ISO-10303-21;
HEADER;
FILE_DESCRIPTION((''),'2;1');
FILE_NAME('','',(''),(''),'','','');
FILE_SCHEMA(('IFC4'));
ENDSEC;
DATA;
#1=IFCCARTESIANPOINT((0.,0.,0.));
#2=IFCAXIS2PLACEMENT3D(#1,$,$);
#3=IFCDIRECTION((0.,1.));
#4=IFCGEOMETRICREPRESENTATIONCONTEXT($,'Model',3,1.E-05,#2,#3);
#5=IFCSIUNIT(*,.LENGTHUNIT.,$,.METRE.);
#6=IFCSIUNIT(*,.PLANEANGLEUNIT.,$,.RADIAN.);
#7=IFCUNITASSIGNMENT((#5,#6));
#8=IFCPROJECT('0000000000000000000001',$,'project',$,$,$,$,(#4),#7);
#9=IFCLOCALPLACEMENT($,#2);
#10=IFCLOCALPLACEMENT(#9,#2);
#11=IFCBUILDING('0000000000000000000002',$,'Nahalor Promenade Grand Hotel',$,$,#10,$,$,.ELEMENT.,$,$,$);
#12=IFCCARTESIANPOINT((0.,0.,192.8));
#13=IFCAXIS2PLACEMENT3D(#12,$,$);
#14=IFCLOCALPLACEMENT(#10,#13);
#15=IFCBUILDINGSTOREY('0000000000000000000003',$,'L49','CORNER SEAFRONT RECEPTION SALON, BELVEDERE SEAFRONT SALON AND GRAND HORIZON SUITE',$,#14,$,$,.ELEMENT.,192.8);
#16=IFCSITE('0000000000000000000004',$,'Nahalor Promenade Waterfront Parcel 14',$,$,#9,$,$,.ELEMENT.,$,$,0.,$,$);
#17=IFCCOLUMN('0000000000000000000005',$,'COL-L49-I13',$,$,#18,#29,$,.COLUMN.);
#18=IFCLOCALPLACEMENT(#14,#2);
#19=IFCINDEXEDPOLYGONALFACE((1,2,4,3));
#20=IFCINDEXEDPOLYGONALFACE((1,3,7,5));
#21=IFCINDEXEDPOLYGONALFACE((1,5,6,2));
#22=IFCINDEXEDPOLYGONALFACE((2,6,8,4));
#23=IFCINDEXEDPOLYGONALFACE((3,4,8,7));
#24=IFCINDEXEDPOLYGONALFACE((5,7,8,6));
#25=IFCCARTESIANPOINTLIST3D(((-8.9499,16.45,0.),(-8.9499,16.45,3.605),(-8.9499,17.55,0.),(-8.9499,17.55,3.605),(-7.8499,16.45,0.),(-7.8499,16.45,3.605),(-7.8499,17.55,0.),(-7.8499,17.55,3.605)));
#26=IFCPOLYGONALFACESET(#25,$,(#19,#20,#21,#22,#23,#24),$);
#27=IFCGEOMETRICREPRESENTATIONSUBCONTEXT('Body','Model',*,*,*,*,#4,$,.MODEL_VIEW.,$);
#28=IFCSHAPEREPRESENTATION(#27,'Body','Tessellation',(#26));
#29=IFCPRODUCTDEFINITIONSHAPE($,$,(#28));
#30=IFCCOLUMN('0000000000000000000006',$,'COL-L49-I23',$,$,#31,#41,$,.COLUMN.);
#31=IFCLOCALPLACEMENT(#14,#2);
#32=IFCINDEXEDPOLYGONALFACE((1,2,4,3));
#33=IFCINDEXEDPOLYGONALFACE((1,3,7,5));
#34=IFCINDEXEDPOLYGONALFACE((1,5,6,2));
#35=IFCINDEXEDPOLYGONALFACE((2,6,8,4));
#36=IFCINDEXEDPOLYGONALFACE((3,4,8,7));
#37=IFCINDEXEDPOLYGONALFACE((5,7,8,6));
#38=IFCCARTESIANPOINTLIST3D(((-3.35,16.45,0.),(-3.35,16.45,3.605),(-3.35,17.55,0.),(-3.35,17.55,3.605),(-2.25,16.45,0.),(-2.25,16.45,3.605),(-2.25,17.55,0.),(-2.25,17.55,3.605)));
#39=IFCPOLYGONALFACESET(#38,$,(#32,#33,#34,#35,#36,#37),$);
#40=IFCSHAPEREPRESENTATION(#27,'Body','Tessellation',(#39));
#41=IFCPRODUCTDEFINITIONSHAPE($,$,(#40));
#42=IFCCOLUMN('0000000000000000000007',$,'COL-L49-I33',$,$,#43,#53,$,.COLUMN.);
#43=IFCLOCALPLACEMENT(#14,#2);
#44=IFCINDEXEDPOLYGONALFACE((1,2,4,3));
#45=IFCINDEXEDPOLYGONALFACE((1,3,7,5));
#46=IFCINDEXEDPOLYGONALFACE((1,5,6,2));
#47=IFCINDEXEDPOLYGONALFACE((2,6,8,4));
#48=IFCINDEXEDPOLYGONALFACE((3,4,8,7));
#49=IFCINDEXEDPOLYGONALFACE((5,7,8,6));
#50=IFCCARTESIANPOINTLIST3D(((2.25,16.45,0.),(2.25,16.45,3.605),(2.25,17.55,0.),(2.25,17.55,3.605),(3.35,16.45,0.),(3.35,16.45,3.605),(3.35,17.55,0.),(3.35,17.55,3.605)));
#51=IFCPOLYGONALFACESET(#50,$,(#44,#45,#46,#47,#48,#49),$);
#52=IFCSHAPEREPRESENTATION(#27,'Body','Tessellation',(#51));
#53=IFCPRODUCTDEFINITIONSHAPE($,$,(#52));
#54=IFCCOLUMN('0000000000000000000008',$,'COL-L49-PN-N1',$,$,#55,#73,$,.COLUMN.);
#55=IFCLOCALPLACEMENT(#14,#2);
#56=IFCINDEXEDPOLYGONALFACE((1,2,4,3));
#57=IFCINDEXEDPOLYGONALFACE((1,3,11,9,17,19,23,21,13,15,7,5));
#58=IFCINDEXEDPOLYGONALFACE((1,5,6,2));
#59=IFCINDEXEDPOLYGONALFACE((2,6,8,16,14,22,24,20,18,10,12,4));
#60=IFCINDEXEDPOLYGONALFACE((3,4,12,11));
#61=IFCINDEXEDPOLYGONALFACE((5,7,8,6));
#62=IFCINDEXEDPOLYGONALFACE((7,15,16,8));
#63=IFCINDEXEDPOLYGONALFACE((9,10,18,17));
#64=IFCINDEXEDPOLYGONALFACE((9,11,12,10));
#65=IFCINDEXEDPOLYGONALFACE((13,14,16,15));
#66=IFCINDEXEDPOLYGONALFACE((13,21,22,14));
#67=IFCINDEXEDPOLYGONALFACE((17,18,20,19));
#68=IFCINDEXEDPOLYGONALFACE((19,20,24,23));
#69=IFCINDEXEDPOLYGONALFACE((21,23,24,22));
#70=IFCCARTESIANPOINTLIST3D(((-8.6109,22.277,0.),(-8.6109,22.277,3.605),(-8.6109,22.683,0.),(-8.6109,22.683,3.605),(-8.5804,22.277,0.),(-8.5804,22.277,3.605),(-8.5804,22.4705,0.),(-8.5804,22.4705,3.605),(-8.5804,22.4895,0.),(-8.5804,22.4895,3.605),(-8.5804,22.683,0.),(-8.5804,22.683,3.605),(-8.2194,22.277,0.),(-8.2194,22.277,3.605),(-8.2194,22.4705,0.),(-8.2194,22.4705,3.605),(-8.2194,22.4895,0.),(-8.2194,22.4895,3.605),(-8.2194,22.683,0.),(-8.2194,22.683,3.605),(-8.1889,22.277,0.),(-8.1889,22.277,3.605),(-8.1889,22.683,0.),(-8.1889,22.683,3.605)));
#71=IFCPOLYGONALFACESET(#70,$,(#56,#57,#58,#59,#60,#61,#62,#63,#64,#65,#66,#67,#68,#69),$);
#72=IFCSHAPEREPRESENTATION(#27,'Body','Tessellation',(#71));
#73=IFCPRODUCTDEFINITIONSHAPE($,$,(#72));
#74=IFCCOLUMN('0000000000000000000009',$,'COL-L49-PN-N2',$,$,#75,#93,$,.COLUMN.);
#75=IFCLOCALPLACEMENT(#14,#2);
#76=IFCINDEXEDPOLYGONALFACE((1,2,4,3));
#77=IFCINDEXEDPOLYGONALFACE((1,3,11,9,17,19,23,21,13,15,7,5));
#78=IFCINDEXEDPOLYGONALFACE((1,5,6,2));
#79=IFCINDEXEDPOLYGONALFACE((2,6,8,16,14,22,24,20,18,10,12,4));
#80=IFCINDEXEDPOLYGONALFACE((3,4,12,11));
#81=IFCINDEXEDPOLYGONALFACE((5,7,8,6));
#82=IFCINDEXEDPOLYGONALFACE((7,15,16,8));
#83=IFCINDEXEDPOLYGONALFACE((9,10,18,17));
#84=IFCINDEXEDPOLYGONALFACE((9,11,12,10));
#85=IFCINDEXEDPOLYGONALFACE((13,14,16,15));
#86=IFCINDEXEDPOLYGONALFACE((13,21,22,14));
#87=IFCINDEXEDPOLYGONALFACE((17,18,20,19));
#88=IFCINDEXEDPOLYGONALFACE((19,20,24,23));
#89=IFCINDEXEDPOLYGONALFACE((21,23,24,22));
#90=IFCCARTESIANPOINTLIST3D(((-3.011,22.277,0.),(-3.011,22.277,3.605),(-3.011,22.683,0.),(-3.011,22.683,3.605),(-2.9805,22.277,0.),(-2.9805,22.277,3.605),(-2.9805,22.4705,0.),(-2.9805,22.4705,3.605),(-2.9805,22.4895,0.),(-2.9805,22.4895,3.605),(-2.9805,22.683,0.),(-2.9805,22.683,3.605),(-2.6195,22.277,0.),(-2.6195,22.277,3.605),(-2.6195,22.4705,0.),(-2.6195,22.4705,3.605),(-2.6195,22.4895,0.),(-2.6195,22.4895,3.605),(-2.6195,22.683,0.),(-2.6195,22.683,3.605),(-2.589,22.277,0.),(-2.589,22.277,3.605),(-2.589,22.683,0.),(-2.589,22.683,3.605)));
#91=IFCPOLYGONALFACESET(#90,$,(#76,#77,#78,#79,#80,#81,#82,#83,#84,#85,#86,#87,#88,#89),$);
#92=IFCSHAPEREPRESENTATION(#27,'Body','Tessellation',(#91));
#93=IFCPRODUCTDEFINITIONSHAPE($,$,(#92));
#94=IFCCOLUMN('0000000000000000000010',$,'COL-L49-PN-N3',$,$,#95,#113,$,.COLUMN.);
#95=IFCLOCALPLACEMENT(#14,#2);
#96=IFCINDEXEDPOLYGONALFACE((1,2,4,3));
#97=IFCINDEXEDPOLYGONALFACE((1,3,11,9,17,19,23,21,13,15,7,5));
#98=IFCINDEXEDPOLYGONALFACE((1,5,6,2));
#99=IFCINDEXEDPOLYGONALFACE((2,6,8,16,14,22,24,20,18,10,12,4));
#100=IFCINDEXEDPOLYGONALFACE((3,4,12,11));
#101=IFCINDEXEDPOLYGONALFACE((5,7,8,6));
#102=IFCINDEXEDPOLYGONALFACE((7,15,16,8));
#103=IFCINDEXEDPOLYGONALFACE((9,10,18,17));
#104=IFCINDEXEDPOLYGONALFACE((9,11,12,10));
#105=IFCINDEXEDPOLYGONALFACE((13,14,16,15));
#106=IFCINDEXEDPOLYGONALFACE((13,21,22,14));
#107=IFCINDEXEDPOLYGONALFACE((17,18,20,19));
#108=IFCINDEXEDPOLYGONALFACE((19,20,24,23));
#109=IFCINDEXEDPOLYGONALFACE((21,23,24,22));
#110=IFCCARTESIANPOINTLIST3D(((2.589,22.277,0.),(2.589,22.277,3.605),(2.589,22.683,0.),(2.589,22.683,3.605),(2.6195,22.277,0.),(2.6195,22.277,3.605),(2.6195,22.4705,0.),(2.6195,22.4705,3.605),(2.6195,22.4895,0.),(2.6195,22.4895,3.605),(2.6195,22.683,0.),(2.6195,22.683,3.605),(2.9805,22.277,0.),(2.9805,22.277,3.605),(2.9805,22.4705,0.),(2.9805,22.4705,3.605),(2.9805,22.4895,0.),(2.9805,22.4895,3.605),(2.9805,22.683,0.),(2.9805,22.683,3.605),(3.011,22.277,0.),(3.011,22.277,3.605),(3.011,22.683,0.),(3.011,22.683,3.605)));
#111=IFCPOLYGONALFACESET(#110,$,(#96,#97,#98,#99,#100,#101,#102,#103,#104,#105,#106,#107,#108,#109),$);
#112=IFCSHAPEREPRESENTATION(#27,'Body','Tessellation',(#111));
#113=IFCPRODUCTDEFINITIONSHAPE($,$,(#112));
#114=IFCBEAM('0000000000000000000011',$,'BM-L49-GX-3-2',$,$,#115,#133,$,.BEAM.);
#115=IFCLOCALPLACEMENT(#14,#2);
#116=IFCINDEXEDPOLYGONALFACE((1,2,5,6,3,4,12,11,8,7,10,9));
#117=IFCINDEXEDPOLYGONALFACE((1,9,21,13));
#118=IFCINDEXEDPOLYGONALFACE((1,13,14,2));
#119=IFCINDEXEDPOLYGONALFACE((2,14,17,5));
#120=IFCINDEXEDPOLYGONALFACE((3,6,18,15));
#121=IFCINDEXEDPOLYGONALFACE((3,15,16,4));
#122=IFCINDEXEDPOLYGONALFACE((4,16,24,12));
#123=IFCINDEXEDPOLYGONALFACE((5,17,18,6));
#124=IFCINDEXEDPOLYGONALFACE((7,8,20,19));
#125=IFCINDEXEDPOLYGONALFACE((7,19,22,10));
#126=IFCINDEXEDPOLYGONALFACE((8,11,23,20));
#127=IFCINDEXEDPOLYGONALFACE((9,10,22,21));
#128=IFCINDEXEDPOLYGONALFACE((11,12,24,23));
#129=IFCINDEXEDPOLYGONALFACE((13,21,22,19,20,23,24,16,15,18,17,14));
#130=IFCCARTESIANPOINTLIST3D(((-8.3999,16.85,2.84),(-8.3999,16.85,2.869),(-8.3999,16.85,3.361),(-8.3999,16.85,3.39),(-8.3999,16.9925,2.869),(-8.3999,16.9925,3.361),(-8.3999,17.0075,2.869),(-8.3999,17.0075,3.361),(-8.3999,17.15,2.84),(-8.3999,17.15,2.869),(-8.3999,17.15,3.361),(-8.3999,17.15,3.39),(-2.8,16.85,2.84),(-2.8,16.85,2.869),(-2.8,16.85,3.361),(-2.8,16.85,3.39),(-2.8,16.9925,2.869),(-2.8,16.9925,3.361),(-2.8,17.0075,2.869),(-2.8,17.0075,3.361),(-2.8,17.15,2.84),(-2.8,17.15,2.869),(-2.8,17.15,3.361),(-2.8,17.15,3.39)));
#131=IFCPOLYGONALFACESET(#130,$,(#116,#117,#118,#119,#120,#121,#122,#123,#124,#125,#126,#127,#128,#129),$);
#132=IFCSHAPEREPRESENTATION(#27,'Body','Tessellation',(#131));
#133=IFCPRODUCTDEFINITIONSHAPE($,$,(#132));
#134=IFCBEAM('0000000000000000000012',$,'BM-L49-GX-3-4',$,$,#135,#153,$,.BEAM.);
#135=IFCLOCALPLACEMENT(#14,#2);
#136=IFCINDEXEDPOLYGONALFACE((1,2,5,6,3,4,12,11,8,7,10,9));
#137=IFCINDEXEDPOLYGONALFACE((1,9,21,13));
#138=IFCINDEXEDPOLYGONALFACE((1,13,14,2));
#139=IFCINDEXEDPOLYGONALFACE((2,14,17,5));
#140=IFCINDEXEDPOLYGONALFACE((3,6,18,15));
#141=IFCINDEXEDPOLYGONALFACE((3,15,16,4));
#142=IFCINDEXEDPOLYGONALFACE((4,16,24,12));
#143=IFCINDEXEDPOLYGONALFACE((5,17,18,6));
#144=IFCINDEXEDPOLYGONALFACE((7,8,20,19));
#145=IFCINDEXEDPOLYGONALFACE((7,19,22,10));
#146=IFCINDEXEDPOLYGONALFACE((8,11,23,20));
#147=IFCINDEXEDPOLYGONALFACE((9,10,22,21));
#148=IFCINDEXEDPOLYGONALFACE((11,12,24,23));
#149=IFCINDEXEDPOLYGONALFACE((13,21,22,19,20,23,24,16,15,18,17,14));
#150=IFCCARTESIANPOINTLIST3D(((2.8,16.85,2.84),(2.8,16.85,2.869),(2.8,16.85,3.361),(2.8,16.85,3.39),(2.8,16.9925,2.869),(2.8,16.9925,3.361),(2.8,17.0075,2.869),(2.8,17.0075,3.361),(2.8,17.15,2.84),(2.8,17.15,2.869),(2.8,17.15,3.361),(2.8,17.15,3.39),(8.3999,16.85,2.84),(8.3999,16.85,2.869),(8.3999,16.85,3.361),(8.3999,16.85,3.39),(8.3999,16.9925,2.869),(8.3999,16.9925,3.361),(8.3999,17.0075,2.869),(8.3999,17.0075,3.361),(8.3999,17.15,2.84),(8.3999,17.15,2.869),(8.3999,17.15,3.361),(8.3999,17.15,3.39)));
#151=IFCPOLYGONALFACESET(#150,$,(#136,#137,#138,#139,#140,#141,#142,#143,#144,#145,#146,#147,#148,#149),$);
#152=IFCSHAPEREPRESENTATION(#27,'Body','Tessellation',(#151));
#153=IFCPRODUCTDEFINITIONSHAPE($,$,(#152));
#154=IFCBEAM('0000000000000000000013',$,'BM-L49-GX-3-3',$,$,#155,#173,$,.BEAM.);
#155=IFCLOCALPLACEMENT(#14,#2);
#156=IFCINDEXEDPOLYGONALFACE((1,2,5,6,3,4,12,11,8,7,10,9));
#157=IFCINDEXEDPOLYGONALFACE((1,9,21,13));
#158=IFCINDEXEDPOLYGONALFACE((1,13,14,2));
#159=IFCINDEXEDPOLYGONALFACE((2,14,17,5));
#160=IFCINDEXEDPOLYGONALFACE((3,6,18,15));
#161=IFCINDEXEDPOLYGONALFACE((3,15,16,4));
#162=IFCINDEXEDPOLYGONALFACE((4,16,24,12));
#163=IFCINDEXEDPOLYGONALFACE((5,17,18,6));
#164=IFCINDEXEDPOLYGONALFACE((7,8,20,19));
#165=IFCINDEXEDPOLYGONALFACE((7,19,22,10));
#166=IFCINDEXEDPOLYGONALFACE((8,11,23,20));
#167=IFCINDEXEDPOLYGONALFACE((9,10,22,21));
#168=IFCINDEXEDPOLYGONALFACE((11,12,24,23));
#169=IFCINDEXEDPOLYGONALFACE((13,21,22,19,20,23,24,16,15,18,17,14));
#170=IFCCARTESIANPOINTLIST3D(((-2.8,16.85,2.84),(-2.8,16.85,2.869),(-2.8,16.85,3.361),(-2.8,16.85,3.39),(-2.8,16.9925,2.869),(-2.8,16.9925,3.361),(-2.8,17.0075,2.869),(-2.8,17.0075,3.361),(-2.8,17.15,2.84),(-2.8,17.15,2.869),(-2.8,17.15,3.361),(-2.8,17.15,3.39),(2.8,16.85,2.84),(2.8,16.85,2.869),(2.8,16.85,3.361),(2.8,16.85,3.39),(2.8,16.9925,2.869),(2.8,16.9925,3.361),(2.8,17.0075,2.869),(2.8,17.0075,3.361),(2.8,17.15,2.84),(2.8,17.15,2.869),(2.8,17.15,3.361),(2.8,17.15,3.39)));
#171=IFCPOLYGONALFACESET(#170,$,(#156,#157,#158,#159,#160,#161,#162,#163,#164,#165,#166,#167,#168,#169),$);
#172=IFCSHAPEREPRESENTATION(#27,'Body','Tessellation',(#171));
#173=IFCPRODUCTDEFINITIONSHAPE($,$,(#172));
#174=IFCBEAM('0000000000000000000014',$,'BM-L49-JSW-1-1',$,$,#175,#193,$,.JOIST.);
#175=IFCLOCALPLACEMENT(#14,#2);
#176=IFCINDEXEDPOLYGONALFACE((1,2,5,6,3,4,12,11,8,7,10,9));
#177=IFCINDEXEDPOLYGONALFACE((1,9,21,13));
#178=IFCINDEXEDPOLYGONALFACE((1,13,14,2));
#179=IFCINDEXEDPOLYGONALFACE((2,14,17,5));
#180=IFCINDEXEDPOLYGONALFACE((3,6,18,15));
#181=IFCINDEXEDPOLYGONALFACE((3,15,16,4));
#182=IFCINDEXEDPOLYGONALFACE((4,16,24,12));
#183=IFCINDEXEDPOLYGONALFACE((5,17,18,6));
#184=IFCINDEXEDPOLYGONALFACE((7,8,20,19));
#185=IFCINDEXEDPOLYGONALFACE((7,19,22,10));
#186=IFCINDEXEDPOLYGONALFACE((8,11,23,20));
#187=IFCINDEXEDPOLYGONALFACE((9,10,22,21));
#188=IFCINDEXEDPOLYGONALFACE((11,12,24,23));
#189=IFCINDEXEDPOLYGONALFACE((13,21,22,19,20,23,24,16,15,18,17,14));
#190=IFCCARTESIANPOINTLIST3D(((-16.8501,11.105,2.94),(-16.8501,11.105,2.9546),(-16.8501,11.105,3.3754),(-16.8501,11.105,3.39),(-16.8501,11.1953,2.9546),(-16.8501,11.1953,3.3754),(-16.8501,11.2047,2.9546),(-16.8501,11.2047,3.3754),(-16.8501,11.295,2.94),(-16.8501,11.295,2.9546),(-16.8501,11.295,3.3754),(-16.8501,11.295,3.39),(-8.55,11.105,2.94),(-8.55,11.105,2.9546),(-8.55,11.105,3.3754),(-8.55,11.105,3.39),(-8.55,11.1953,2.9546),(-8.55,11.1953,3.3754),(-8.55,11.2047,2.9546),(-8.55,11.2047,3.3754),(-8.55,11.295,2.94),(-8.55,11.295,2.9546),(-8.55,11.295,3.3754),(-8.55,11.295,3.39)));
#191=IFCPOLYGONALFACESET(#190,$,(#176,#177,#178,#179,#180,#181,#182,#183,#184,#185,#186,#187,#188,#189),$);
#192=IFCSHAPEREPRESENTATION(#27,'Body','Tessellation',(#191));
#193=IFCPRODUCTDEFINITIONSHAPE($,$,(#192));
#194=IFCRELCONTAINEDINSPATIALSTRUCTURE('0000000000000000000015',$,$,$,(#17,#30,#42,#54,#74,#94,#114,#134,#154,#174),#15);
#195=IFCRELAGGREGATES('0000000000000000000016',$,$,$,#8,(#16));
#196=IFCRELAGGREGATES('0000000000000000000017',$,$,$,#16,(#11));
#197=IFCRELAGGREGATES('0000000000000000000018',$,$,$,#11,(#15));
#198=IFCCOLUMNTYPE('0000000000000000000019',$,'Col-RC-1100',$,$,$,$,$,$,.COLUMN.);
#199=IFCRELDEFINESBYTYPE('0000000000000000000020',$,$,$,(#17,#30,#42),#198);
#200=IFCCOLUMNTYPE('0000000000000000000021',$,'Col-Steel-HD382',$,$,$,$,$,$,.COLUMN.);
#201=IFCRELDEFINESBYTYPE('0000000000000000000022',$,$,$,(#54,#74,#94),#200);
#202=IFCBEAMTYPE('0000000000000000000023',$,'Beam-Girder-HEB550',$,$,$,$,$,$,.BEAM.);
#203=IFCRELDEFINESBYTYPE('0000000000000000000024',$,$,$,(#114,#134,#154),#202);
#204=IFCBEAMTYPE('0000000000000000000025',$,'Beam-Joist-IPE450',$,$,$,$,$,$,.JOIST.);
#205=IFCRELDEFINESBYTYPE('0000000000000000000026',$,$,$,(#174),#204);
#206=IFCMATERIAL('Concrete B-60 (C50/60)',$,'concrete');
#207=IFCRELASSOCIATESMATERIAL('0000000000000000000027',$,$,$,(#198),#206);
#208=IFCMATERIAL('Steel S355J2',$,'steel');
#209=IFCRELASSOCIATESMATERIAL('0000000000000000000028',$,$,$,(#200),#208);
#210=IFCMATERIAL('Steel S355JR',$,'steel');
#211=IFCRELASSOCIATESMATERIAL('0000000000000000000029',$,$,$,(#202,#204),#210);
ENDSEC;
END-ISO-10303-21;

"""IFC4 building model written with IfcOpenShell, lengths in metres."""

from ifc_helpers import new_model, si_unit, direction, frame, origin, origin_2d, place, context, subcontext, project, spatial, rectangle, i_section, extrude, source, transform, mapped, material, material_profile, profile_set, type_object, element, save


model = new_model("IFC4")

# Units and contexts
model_context = context("Model", 3, precision=1e-05, world=origin(), true_north=direction((0.0, 1.0)))
body_context = subcontext(model_context, "Body", "Model", "MODEL_VIEW")
ifc_project = project(units=[si_unit("LENGTHUNIT", "METRE"), si_unit("PLANEANGLEUNIT", "RADIAN")], contexts=[model_context])

# Site, building, storey
site_placement = place(None, origin())
site = spatial("IfcSite", under=ifc_project, at=site_placement, Name="Nahalor Promenade Waterfront Parcel 14", CompositionType="ELEMENT", RefElevation=0.0)
building_placement = place(site_placement, origin())
building = spatial("IfcBuilding", under=site, at=building_placement, Name="Nahalor Promenade Grand Hotel", CompositionType="ELEMENT")
storey_placement = place(building_placement, frame((0.0, 0.0, 192.8)))
storey = spatial("IfcBuildingStorey", under=building, at=storey_placement, Name="L49", Description="CORNER SEAFRONT RECEPTION SALON, BELVEDERE SEAFRONT SALON AND GRAND HORIZON SUITE", CompositionType="ELEMENT", Elevation=192.8)

# Columns
ifc_material_1 = material(Name="Concrete B-60 (C50/60)", Category="concrete")
ifc_material_profile_1 = material_profile(ifc_material_1, rectangle(XDim=1.1, YDim=1.1, at=origin_2d()), Name="RC 1100x1100")
ifc_profile_set_1 = profile_set([ifc_material_profile_1], Name="Concrete B-60 (C50/60)")
column_type_1 = type_object("IfcColumnType", Name="Col-RC-1100", PredefinedType="COLUMN", material=ifc_profile_set_1)
shared_shape_1 = source(origin(), body_context, "Body", "SweptSolid", [
    extrude(rectangle(XDim=1.1, YDim=1.1, at=origin_2d()), origin(), (0.0, 0.0, 1.0), 3.605),
])
for number, where, z_axis, x_axis, name in (
    (1, (-8.3999, 17.0, 0.0), (0.0, 0.0, 1.0), (1.0, 0.0, 0.0), "COL-L49-I13"),
    (2, (-2.8, 17.0, 0.0), (0.0, 0.0, 1.0), (1.0, 0.0, 0.0), "COL-L49-I23"),
    (3, (2.8, 17.0, 0.0), (0.0, 0.0, 1.0), (1.0, 0.0, 0.0), "COL-L49-I33"),
):
    element("IfcColumn", number, at=place(storey_placement, frame(where, z_axis=z_axis, x_axis=x_axis)), inside=storey, type_object=column_type_1, Name=name, PredefinedType="COLUMN", context=body_context, shape_type="MappedRepresentation", body=[
        mapped(shared_shape_1, transform((0.0, 0.0, 0.0), scale=1.0)),
    ])
ifc_material_2 = material(Name="Steel S355J2", Category="steel")
ifc_material_profile_2 = material_profile(ifc_material_2, i_section(OverallWidth=0.406, OverallDepth=0.422, WebThickness=0.019, FlangeThickness=0.0305, at=origin_2d()), Name="HD 400x382")
ifc_profile_set_2 = profile_set([ifc_material_profile_2], Name="Steel S355J2")
column_type_2 = type_object("IfcColumnType", Name="Col-Steel-HD382", PredefinedType="COLUMN", material=ifc_profile_set_2)
shared_shape_2 = source(origin(), body_context, "Body", "SweptSolid", [
    extrude(i_section(OverallWidth=0.406, OverallDepth=0.422, WebThickness=0.019, FlangeThickness=0.0305, at=origin_2d()), origin(), (0.0, 0.0, 1.0), 3.605),
])
for number, where, z_axis, x_axis, name in (
    (4, (-8.3999, 22.48, 0.0), (0.0, 0.0, 1.0), (0.0, 1.0, 0.0), "COL-L49-PN-N1"),
    (5, (-2.8, 22.48, 0.0), (0.0, 0.0, 1.0), (0.0, 1.0, 0.0), "COL-L49-PN-N2"),
    (6, (2.8, 22.48, 0.0), (0.0, 0.0, 1.0), (0.0, 1.0, 0.0), "COL-L49-PN-N3"),
):
    element("IfcColumn", number, at=place(storey_placement, frame(where, z_axis=z_axis, x_axis=x_axis)), inside=storey, type_object=column_type_2, Name=name, PredefinedType="COLUMN", context=body_context, shape_type="MappedRepresentation", body=[
        mapped(shared_shape_2, transform((0.0, 0.0, 0.0), scale=1.0)),
    ])

# Beams
ifc_material_3 = material(Name="Steel S355JR", Category="steel")
ifc_material_profile_3 = material_profile(ifc_material_3, i_section(OverallWidth=0.3, OverallDepth=0.55, WebThickness=0.015, FlangeThickness=0.029, at=origin_2d()), Name="HEB 550")
ifc_profile_set_3 = profile_set([ifc_material_profile_3], Name="Steel S355JR")
beam_type_1 = type_object("IfcBeamType", Name="Beam-Girder-HEB550", PredefinedType="BEAM", material=ifc_profile_set_3)
shared_shape_3 = source(origin(), body_context, "Body", "SweptSolid", [
    extrude(i_section(OverallWidth=0.3, OverallDepth=0.55, WebThickness=0.015, FlangeThickness=0.029, at=origin_2d()), origin(), (0.0, 0.0, 1.0), 5.5999),
])
for number, where, z_axis, x_axis, name in (
    (7, (-8.3999, 17.0, 3.115), (1.0, 0.0, 0.0), (0.0, 1.0, 0.0), "BM-L49-GX-3-2"),
    (8, (2.8, 17.0, 3.115), (1.0, 0.0, 0.0), (0.0, 1.0, 0.0), "BM-L49-GX-3-4"),
):
    element("IfcBeam", number, at=place(storey_placement, frame(where, z_axis=z_axis, x_axis=x_axis)), inside=storey, type_object=beam_type_1, Name=name, PredefinedType="BEAM", context=body_context, shape_type="MappedRepresentation", body=[
        mapped(shared_shape_3, transform((0.0, 0.0, 0.0), scale=1.0)),
    ])
shared_shape_4 = source(origin(), body_context, "Body", "SweptSolid", [
    extrude(i_section(OverallWidth=0.3, OverallDepth=0.55, WebThickness=0.015, FlangeThickness=0.029, at=origin_2d()), origin(), (0.0, 0.0, 1.0), 5.6001),
])
beam_1_placement = place(storey_placement, frame((-2.8, 17.0, 3.115), z_axis=(1.0, 0.0, 0.0), x_axis=(0.0, 1.0, 0.0)))
element("IfcBeam", 9, at=beam_1_placement, inside=storey, type_object=beam_type_1, Name="BM-L49-GX-3-3", PredefinedType="BEAM", context=body_context, shape_type="MappedRepresentation", body=[
    mapped(shared_shape_4, transform((0.0, 0.0, 0.0), scale=1.0)),
])
ifc_material_profile_4 = material_profile(ifc_material_3, i_section(OverallWidth=0.19, OverallDepth=0.45, WebThickness=0.0094, FlangeThickness=0.0146, at=origin_2d()), Name="IPE 450")
ifc_profile_set_4 = profile_set([ifc_material_profile_4], Name="Steel S355JR")
beam_type_2 = type_object("IfcBeamType", Name="Beam-Joist-IPE450", PredefinedType="JOIST", material=ifc_profile_set_4)
shared_shape_5 = source(origin(), body_context, "Body", "SweptSolid", [
    extrude(i_section(OverallWidth=0.19, OverallDepth=0.45, WebThickness=0.0094, FlangeThickness=0.0146, at=origin_2d()), origin(), (0.0, 0.0, 1.0), 8.3),
])
beam_2_placement = place(storey_placement, frame((-16.8501, 11.2, 3.165), z_axis=(1.0, 0.0, 0.0), x_axis=(0.0, 1.0, 0.0)))
element("IfcBeam", 10, at=beam_2_placement, inside=storey, type_object=beam_type_2, Name="BM-L49-JSW-1-1", PredefinedType="JOIST", context=body_context, shape_type="MappedRepresentation", body=[
    mapped(shared_shape_5, transform((0.0, 0.0, 0.0), scale=1.0)),
])

save(model, "model.ifc")
